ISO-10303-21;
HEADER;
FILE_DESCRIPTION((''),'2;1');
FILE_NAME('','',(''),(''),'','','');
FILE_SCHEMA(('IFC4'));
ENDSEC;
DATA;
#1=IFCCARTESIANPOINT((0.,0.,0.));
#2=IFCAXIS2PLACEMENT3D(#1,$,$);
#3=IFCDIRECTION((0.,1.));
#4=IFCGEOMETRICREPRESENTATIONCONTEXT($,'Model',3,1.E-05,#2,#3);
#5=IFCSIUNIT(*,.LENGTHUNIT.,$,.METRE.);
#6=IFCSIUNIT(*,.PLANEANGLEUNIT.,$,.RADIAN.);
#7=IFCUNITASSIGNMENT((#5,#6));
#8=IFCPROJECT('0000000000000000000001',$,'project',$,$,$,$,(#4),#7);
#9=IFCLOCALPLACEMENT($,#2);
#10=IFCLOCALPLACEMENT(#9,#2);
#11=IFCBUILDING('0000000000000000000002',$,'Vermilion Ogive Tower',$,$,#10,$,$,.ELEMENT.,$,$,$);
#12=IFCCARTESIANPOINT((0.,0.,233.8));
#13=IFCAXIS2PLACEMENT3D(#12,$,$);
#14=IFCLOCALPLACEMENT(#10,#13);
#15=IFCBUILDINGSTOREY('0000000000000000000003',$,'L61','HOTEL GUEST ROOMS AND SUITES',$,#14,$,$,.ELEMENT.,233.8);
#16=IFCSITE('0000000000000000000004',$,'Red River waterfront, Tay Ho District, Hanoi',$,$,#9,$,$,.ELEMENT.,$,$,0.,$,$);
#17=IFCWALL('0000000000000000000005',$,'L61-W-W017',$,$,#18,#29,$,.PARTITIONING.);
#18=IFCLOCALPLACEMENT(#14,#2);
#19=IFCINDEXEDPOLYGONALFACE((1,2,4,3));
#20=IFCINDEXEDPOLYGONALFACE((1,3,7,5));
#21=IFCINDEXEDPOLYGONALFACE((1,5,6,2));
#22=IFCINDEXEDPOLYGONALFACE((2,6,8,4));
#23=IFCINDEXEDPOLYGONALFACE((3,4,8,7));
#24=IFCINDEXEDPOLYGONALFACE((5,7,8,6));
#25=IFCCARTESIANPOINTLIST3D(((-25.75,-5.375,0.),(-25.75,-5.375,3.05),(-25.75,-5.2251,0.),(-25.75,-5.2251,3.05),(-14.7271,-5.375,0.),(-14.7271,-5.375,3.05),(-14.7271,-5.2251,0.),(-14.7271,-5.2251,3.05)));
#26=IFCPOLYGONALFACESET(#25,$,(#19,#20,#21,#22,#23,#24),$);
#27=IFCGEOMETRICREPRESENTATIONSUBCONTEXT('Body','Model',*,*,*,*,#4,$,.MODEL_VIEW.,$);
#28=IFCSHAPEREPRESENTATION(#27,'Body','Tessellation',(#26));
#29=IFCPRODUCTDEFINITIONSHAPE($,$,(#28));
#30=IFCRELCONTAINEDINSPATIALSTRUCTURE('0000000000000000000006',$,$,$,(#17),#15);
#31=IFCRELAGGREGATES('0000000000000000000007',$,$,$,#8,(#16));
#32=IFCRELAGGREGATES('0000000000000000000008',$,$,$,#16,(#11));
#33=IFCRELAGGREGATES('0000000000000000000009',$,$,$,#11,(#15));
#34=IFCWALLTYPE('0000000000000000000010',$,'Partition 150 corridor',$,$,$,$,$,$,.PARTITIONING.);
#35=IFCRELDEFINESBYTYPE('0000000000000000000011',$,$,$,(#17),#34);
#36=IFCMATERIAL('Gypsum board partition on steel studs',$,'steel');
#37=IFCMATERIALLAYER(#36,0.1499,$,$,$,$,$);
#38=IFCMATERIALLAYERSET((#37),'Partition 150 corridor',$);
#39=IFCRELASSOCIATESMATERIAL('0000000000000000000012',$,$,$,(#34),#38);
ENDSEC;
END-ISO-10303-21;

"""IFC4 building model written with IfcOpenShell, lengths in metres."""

from ifc_helpers import new_model, si_unit, direction, frame, frame_2d, origin, place, context, subcontext, project, spatial, rectangle, extrude, material, layer, layer_set, type_object, element, save


model = new_model("IFC4")

# Units and contexts
model_context = context("Model", 3, precision=1e-05, world=origin(), true_north=direction((0.0, 1.0)))
body_context = subcontext(model_context, "Body", "Model", "MODEL_VIEW")
ifc_project = project(units=[si_unit("LENGTHUNIT", "METRE"), si_unit("PLANEANGLEUNIT", "RADIAN")], contexts=[model_context])

# Site, building, storey
site_placement = place(None, origin())
site = spatial("IfcSite", under=ifc_project, at=site_placement, Name="Red River waterfront, Tay Ho District, Hanoi", CompositionType="ELEMENT", RefElevation=0.0)
building_placement = place(site_placement, origin())
building = spatial("IfcBuilding", under=site, at=building_placement, Name="Vermilion Ogive Tower", CompositionType="ELEMENT")
storey_placement = place(building_placement, frame((0.0, 0.0, 233.8)))
storey = spatial("IfcBuildingStorey", under=building, at=storey_placement, Name="L61", Description="HOTEL GUEST ROOMS AND SUITES", CompositionType="ELEMENT", Elevation=233.8)

# Shared definitions
ifc_material_1 = material(Name="Gypsum board partition on steel studs", Category="steel")
ifc_layer_1 = layer(ifc_material_1, 0.1499)
ifc_layer_set_1 = layer_set([ifc_layer_1], Name="Partition 150 corridor")
wall_type = type_object("IfcWallType", Name="Partition 150 corridor", PredefinedType="PARTITIONING", material=ifc_layer_set_1)

# Wall
wall_1_placement = place(storey_placement, frame((-25.75, -5.3, 0.0), z_axis=(0.0, 0.0, 1.0), x_axis=(1.0, 0.0, 0.0)))
element("IfcWall", 1, at=wall_1_placement, inside=storey, type_object=wall_type, Name="L61-W-W017", PredefinedType="PARTITIONING", context=body_context, shape_type="SweptSolid", body=[
    extrude(rectangle(XDim=11.0229, YDim=0.1499, at=frame_2d((5.5115, 0.0))), origin(), (0.0, 0.0, 1.0), 3.05),
])

save(model, "model.ifc")
